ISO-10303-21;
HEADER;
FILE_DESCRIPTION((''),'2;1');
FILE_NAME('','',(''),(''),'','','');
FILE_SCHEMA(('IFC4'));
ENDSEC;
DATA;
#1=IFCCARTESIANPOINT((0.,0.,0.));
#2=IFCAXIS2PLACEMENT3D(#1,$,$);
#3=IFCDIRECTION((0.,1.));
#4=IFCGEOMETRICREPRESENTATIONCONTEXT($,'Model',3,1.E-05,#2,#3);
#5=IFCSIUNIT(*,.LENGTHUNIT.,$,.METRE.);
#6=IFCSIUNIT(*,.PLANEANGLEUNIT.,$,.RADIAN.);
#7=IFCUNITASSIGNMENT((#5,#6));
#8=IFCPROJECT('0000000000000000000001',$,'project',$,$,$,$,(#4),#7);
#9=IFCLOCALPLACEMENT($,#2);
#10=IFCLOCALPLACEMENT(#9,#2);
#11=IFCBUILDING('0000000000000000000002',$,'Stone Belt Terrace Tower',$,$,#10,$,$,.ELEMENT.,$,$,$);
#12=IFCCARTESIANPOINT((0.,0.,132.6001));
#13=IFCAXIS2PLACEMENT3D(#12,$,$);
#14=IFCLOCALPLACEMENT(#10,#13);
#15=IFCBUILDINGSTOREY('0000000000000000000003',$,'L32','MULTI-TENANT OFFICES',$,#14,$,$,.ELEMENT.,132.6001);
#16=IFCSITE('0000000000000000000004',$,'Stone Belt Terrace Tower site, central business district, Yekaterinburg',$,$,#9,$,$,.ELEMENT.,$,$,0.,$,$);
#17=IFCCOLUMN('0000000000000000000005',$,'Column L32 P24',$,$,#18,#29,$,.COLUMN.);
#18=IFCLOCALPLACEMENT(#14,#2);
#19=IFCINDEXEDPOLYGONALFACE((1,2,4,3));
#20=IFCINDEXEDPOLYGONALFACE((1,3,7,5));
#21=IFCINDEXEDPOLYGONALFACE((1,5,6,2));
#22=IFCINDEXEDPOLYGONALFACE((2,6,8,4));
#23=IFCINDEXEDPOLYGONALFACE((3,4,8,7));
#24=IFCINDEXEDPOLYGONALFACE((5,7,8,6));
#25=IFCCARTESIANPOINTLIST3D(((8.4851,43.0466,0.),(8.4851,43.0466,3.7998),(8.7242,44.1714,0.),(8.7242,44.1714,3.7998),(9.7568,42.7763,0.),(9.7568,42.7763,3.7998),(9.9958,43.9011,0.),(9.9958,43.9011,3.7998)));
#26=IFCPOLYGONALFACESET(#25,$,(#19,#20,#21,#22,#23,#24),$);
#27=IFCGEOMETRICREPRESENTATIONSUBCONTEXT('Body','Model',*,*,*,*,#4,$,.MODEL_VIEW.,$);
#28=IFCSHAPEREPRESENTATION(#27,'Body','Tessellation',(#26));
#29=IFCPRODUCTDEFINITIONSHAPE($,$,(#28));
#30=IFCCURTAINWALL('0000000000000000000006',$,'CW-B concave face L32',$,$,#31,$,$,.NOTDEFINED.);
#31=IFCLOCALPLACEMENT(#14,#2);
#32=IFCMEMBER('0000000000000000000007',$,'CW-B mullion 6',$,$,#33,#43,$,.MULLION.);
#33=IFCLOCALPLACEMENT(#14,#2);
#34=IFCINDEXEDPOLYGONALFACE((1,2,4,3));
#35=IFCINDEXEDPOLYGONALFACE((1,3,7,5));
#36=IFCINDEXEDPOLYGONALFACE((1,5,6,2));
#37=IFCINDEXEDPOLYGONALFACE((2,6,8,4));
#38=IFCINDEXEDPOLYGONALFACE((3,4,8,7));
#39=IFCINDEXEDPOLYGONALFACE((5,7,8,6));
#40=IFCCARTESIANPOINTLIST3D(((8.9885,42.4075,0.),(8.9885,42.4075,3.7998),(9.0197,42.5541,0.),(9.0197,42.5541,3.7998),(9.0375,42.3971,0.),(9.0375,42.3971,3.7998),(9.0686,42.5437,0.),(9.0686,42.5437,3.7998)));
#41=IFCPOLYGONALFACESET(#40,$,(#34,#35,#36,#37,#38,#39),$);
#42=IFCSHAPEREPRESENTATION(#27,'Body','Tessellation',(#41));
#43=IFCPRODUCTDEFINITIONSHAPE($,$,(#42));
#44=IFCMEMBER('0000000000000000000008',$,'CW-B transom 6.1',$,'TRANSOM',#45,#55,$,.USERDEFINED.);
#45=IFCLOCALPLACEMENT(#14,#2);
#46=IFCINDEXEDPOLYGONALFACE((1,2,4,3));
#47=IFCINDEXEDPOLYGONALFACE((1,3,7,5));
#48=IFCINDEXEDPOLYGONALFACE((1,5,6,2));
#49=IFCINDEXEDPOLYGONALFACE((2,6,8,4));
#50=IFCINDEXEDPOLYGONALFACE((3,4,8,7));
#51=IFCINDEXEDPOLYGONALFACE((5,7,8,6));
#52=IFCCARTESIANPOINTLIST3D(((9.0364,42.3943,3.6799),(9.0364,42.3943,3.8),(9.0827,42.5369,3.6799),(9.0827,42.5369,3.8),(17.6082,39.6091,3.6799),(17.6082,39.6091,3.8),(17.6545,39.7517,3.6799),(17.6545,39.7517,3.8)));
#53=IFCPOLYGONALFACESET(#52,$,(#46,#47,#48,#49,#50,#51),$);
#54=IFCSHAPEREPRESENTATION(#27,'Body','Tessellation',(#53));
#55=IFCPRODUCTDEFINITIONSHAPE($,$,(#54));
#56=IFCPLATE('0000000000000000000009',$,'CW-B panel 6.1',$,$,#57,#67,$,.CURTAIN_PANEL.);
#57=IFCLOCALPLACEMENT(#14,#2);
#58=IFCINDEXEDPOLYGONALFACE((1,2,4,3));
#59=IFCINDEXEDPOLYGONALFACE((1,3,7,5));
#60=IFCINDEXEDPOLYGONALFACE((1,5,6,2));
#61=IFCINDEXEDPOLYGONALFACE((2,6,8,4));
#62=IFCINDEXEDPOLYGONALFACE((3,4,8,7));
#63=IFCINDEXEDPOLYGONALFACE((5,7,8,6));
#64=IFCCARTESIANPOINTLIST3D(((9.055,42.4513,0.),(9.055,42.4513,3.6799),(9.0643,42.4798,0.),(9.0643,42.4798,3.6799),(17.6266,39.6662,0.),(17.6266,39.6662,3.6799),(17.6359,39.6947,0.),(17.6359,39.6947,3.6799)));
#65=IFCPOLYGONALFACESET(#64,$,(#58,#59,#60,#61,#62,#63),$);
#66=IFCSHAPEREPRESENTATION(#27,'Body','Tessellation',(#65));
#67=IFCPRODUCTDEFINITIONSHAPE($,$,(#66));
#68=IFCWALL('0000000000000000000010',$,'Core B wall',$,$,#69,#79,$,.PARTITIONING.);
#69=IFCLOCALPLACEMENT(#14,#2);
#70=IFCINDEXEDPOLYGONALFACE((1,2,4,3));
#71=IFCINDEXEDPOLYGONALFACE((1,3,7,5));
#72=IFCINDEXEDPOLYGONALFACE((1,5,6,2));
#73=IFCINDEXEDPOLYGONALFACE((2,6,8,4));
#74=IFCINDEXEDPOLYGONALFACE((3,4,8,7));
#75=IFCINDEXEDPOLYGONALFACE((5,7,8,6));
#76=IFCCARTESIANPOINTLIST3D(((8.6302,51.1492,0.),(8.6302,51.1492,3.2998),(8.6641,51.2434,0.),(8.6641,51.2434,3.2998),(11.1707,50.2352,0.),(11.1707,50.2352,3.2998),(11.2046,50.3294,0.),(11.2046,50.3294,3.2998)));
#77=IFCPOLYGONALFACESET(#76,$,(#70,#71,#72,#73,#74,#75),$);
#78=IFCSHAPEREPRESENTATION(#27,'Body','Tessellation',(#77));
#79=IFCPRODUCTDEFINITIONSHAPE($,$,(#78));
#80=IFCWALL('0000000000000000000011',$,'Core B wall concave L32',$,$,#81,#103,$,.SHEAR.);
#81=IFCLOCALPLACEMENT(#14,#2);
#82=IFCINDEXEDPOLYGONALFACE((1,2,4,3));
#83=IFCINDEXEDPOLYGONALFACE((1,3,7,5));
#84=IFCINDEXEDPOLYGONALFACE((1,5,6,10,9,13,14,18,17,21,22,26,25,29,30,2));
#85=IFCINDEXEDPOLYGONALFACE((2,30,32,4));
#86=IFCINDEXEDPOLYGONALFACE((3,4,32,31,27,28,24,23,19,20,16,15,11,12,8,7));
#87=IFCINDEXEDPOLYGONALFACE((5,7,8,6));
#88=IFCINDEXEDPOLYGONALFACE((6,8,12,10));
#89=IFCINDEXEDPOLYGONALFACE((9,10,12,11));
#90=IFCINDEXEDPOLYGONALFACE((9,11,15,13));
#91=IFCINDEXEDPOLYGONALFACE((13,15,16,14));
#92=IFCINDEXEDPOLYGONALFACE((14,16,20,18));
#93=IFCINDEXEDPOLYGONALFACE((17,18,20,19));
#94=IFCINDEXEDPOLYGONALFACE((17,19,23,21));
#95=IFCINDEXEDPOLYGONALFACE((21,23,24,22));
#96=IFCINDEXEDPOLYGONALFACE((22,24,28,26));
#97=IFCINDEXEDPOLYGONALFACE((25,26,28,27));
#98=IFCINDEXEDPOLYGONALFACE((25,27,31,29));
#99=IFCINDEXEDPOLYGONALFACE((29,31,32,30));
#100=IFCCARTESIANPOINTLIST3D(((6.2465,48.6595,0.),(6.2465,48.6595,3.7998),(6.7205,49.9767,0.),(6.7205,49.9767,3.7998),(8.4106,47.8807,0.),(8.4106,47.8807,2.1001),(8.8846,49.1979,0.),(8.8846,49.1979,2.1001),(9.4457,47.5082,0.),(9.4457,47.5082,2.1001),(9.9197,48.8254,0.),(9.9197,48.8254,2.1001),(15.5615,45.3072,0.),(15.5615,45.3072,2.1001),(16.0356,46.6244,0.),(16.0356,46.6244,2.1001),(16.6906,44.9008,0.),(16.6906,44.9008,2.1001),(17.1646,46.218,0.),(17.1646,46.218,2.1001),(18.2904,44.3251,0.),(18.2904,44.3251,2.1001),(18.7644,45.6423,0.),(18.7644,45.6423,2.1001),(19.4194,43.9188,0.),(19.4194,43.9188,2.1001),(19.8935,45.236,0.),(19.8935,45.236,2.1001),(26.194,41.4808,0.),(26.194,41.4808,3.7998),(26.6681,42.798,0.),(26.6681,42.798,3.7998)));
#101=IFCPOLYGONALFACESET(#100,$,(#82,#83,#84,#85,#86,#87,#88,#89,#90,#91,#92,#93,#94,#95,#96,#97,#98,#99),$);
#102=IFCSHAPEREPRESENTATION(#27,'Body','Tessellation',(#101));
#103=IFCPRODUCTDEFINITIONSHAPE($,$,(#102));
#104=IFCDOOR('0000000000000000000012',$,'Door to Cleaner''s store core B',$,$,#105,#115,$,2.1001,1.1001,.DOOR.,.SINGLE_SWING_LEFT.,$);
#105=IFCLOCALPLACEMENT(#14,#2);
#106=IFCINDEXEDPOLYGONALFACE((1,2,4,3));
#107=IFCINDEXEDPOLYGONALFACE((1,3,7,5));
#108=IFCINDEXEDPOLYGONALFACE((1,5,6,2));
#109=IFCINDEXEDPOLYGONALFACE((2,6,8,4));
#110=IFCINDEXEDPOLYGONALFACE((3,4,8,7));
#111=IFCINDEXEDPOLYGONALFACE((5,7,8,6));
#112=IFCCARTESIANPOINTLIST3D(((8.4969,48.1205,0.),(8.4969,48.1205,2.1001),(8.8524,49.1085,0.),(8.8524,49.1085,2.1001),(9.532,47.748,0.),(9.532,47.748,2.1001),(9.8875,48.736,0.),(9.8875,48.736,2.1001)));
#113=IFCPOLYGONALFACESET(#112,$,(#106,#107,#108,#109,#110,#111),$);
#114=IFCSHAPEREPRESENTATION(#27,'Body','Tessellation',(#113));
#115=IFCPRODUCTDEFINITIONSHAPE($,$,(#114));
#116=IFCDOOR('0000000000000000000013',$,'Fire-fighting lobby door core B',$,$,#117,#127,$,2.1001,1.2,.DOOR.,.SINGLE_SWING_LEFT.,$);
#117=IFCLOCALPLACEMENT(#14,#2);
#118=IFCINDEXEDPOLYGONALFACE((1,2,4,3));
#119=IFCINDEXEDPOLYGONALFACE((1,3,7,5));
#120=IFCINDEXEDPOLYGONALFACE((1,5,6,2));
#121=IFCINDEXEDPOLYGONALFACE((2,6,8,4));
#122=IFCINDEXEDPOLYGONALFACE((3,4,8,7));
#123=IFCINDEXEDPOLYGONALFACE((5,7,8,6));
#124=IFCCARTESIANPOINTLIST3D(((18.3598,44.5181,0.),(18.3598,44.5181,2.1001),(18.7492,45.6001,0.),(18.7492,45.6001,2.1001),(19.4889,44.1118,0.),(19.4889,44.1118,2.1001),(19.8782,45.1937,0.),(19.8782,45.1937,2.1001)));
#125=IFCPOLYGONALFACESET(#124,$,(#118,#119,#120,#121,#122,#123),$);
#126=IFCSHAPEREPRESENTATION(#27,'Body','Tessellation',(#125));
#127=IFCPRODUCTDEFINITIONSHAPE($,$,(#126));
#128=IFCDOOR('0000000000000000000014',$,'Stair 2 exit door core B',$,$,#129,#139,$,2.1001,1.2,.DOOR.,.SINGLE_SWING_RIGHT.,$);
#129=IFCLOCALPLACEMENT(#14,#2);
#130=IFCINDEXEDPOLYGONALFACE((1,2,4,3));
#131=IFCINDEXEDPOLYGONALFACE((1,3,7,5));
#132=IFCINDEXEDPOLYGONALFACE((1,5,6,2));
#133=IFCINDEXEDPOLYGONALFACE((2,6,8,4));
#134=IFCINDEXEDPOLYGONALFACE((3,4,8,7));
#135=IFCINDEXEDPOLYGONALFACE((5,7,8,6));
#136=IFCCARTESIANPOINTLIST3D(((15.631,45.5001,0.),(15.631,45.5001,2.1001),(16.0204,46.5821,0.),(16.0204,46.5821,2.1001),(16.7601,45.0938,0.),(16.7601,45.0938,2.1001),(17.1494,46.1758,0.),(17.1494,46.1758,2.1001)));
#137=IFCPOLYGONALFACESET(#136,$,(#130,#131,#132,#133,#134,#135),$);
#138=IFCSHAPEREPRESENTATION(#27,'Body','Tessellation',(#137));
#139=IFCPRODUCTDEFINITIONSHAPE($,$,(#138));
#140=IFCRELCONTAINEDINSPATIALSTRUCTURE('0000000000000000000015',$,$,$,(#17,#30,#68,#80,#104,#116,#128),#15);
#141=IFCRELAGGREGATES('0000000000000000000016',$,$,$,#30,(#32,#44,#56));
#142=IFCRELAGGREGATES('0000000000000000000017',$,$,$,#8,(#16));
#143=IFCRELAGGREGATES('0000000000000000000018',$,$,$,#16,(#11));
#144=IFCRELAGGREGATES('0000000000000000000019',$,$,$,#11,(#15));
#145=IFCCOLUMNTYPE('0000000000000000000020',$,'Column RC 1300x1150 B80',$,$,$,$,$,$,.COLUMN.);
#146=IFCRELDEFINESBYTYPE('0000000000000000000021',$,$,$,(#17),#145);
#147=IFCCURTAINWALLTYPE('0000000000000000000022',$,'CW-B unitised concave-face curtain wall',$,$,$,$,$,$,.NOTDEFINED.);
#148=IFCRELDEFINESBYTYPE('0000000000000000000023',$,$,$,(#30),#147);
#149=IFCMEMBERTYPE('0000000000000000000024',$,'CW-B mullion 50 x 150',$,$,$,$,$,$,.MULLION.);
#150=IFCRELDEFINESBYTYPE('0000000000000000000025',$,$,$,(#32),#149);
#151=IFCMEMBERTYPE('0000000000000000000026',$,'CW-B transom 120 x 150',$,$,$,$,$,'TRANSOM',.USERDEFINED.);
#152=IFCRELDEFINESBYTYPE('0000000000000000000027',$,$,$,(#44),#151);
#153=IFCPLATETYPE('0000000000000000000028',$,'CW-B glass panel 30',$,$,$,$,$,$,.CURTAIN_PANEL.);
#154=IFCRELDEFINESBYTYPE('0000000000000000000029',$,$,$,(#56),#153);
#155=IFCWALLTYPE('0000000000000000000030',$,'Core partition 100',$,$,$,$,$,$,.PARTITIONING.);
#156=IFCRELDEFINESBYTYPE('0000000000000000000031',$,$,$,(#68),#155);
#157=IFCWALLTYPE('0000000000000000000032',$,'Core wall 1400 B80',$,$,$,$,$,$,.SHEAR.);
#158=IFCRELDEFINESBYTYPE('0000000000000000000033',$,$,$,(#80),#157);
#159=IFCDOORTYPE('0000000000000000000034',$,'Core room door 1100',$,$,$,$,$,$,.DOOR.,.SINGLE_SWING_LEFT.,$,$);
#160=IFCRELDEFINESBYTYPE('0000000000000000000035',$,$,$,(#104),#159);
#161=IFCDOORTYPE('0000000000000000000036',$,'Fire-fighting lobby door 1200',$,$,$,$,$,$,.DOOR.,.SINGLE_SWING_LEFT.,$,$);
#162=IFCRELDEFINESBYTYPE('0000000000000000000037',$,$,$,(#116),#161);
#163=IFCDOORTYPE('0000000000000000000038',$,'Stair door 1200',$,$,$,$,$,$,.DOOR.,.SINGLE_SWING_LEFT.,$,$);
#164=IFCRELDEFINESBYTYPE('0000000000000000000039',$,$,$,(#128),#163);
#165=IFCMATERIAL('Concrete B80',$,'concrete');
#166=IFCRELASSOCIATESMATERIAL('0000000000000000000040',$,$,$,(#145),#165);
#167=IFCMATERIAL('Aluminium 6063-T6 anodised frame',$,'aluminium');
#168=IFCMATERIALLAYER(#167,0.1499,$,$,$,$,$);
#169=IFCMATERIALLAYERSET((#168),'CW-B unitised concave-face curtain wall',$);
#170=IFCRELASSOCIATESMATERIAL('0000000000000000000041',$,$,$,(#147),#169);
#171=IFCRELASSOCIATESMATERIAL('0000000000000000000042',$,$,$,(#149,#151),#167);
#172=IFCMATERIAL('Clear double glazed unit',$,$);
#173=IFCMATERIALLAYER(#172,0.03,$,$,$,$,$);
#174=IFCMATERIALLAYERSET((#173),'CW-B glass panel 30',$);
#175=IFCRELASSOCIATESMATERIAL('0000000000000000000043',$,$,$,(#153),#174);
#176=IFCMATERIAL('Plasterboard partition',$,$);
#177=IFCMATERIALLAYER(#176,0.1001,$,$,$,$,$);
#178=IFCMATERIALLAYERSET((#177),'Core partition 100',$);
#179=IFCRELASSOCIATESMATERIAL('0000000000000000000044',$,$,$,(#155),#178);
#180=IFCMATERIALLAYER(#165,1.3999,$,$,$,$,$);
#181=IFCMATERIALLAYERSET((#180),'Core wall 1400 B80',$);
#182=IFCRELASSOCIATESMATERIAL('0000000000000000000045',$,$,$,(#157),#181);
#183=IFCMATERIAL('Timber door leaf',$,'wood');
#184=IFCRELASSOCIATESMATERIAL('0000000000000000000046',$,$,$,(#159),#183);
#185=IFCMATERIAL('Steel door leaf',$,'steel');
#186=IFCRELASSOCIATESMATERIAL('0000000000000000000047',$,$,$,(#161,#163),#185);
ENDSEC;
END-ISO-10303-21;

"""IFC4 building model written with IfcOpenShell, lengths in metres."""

from ifc_helpers import new_model, si_unit, direction, frame, frame_2d, origin, origin_2d, place, context, subcontext, project, spatial, rectangle, extrude, material, layer, layer_set, material_profile, profile_set, type_object, element, fill, aggregate, save


model = new_model("IFC4")

# Units and contexts
model_context = context("Model", 3, precision=1e-05, world=origin(), true_north=direction((0.0, 1.0)))
body_context = subcontext(model_context, "Body", "Model", "MODEL_VIEW")
ifc_project = project(units=[si_unit("LENGTHUNIT", "METRE"), si_unit("PLANEANGLEUNIT", "RADIAN")], contexts=[model_context])

# Site, building, storey
site_placement = place(None, origin())
site = spatial("IfcSite", under=ifc_project, at=site_placement, Name="Stone Belt Terrace Tower site, central business district, Yekaterinburg", CompositionType="ELEMENT", RefElevation=0.0)
building_placement = place(site_placement, origin())
building = spatial("IfcBuilding", under=site, at=building_placement, Name="Stone Belt Terrace Tower", CompositionType="ELEMENT")
storey_placement = place(building_placement, frame((0.0, 0.0, 132.6001)))
storey = spatial("IfcBuildingStorey", under=building, at=storey_placement, Name="L32", Description="MULTI-TENANT OFFICES", CompositionType="ELEMENT", Elevation=132.6001)

# Column
ifc_material_1 = material(Name="Concrete B80", Category="concrete")
ifc_material_profile_1 = material_profile(ifc_material_1, rectangle(XDim=1.3, YDim=1.1499, at=origin_2d()), Name="RC 1300x1150")
ifc_profile_set_1 = profile_set([ifc_material_profile_1], Name="Concrete B80")
column_type = type_object("IfcColumnType", Name="Column RC 1300x1150 B80", PredefinedType="COLUMN", material=ifc_profile_set_1)
column_placement = place(storey_placement, frame((9.2405, 43.4739, 0.0), z_axis=(0.0, 0.0, 1.0), x_axis=(0.978148, -0.207912, 0.0)))
element("IfcColumn", 1, at=column_placement, inside=storey, type_object=column_type, Name="Column L32 P24", PredefinedType="COLUMN", context=body_context, shape_type="SweptSolid", body=[
    extrude(rectangle(XDim=1.3, YDim=1.1499, at=origin_2d()), origin(), (0.0, 0.0, 1.0), 3.7998),
])

# Curtain wall, members, plate
ifc_material_2 = material(Name="Aluminium 6063-T6 anodised frame", Category="aluminium")
ifc_layer_1 = layer(ifc_material_2, 0.1499)
ifc_layer_set_1 = layer_set([ifc_layer_1], Name="CW-B unitised concave-face curtain wall")
curtain_wall_type = type_object("IfcCurtainWallType", Name="CW-B unitised concave-face curtain wall", PredefinedType="NOTDEFINED", material=ifc_layer_set_1)
curtain_wall_placement = place(storey_placement, origin())
curtain_wall = element("IfcCurtainWall", 2, at=curtain_wall_placement, inside=storey, type_object=curtain_wall_type, Name="CW-B concave face L32", PredefinedType="NOTDEFINED")
ifc_material_profile_2 = material_profile(ifc_material_2, rectangle(XDim=0.1499, YDim=0.05, at=origin_2d()), Name="Aluminium 6063-T6 50x150")
ifc_profile_set_2 = profile_set([ifc_material_profile_2], Name="Aluminium 6063-T6 anodised frame")
member_type_1 = type_object("IfcMemberType", Name="CW-B mullion 50 x 150", PredefinedType="MULLION", material=ifc_profile_set_2)
member_1_placement = place(storey_placement, frame((9.0286, 42.4756, 0.0), z_axis=(0.0, 0.0, 1.0), x_axis=(0.207912, 0.978148, 0.0)))
member_1 = element("IfcMember", 3, at=member_1_placement, type_object=member_type_1, Name="CW-B mullion 6", PredefinedType="MULLION", context=body_context, shape_type="SweptSolid", body=[
    extrude(rectangle(XDim=0.1499, YDim=0.05, at=origin_2d()), origin(), (0.0, 0.0, 1.0), 3.7998),
])
ifc_material_profile_3 = material_profile(ifc_material_2, rectangle(XDim=0.1499, YDim=0.1201, at=origin_2d()), Name="Aluminium 6063-T6 150x120")
ifc_profile_set_3 = profile_set([ifc_material_profile_3], Name="Aluminium 6063-T6 anodised frame")
member_type_2 = type_object("IfcMemberType", Name="CW-B transom 120 x 150", ElementType="TRANSOM", PredefinedType="USERDEFINED", material=ifc_profile_set_3)
member_2_placement = place(storey_placement, frame((9.0596, 42.4656, 3.74), z_axis=(0.951056, -0.309019, 0.0), x_axis=(0.309019, 0.951056, 0.0)))
member_2 = element("IfcMember", 4, at=member_2_placement, type_object=member_type_2, Name="CW-B transom 6.1", ObjectType="TRANSOM", PredefinedType="USERDEFINED", context=body_context, shape_type="SweptSolid", body=[
    extrude(rectangle(XDim=0.1499, YDim=0.1201, at=origin_2d()), origin(), (0.0, 0.0, 1.0), 9.0129),
])
ifc_material_3 = material(Name="Clear double glazed unit")
ifc_layer_2 = layer(ifc_material_3, 0.03)
ifc_layer_set_2 = layer_set([ifc_layer_2], Name="CW-B glass panel 30")
plate_type = type_object("IfcPlateType", Name="CW-B glass panel 30", PredefinedType="CURTAIN_PANEL", material=ifc_layer_set_2)
plate_placement = place(storey_placement, frame((13.3455, 41.073, 0.0), z_axis=(0.0, 0.0, 1.0), x_axis=(0.951057, -0.309017, 0.0)))
plate = element("IfcPlate", 5, at=plate_placement, type_object=plate_type, Name="CW-B panel 6.1", PredefinedType="CURTAIN_PANEL", context=body_context, shape_type="SweptSolid", body=[
    extrude(rectangle(XDim=9.0127, YDim=0.03, at=origin_2d()), origin(), (0.0, 0.0, 1.0), 3.6799),
])
aggregate(curtain_wall, [member_1, member_2, plate])

# Wall
ifc_material_4 = material(Name="Plasterboard partition")
ifc_layer_3 = layer(ifc_material_4, 0.1001)
ifc_layer_set_3 = layer_set([ifc_layer_3], Name="Core partition 100")
wall_type_1 = type_object("IfcWallType", Name="Core partition 100", PredefinedType="PARTITIONING", material=ifc_layer_set_3)
wall_1_placement = place(storey_placement, frame((11.1877, 50.2822, 0.0), z_axis=(0.0, 0.0, 1.0), x_axis=(-0.94095, 0.338547, 0.0)))
element("IfcWall", 6, at=wall_1_placement, inside=storey, type_object=wall_type_1, Name="Core B wall", PredefinedType="PARTITIONING", context=body_context, shape_type="SweptSolid", body=[
    extrude(rectangle(XDim=2.7, YDim=0.1001, at=frame_2d((1.3501, 0.0))), origin(), (0.0, 0.0, 1.0), 3.2998),
])

# Wall, openings, doors
ifc_layer_4 = layer(ifc_material_1, 1.3999)
ifc_layer_set_4 = layer_set([ifc_layer_4], Name="Core wall 1400 B80")
wall_type_2 = type_object("IfcWallType", Name="Core wall 1400 B80", PredefinedType="SHEAR", material=ifc_layer_set_4)
wall_2_placement = place(storey_placement, frame((6.4834, 49.3181, 0.0), z_axis=(0.0, 0.0, 1.0), x_axis=(0.940923, -0.33862, 0.0)))
wall_2 = element("IfcWall", 7, at=wall_2_placement, inside=storey, type_object=wall_type_2, Name="Core B wall concave L32", PredefinedType="SHEAR", context=body_context, shape_type="SweptSolid", body=[
    extrude(rectangle(XDim=21.2, YDim=1.3999, at=frame_2d((10.6001, 0.0))), origin(), (0.0, 0.0, 1.0), 3.7998),
])
opening_1_placement = place(wall_2_placement, frame((12.8, 0.0, 0.0)))
opening_1 = element("IfcOpeningElement", 8, at=opening_1_placement, cuts=wall_2, PredefinedType="OPENING", context=body_context, shape_type="SweptSolid", body=[
    extrude(rectangle(XDim=1.2, YDim=2.1001, at=frame_2d((0.6001, 1.05))), frame((0.0, 0.71, 0.0), z_axis=(0.0, -1.0, 0.0), x_axis=(1.0, 0.0, 0.0)), (0.0, 0.0, 1.0), 1.4199),
])
opening_2_placement = place(wall_2_placement, frame((9.8999, 0.0, 0.0)))
opening_2 = element("IfcOpeningElement", 9, at=opening_2_placement, cuts=wall_2, PredefinedType="OPENING", context=body_context, shape_type="SweptSolid", body=[
    extrude(rectangle(XDim=1.2, YDim=2.1001, at=frame_2d((0.6001, 1.05))), frame((0.0, 0.71, 0.0), z_axis=(0.0, -1.0, 0.0), x_axis=(1.0, 0.0, 0.0)), (0.0, 0.0, 1.0), 1.4199),
])
opening_3_placement = place(wall_2_placement, frame((2.3, 0.0, 0.0)))
opening_3 = element("IfcOpeningElement", 10, at=opening_3_placement, cuts=wall_2, PredefinedType="OPENING", context=body_context, shape_type="SweptSolid", body=[
    extrude(rectangle(XDim=1.1001, YDim=2.1001, at=frame_2d((0.55, 1.05))), frame((0.0, 0.71, 0.0), z_axis=(0.0, -1.0, 0.0), x_axis=(1.0, 0.0, 0.0)), (0.0, 0.0, 1.0), 1.4199),
])
ifc_material_5 = material(Name="Timber door leaf", Category="wood")
door_type_1 = type_object("IfcDoorType", Name="Core room door 1100", OperationType="SINGLE_SWING_LEFT", PredefinedType="DOOR", material=ifc_material_5)
door_1_placement = place(opening_3_placement, origin())
door_1 = element("IfcDoor", 11, at=door_1_placement, inside=storey, type_object=door_type_1, Name="Door to Cleaner's store core B", OperationType="SINGLE_SWING_LEFT", OverallHeight=2.1001, OverallWidth=1.1001, PredefinedType="DOOR", context=body_context, shape_type="SweptSolid", body=[
    extrude(rectangle(XDim=1.1001, YDim=2.1001, at=frame_2d((0.55, 1.05))), frame((0.0, 0.605, 0.0), z_axis=(0.0, -1.0, 0.0), x_axis=(1.0, 0.0, 0.0)), (0.0, 0.0, 1.0), 1.05),
])
fill(opening_3, door_1)
ifc_material_6 = material(Name="Steel door leaf", Category="steel")
door_type_2 = type_object("IfcDoorType", Name="Fire-fighting lobby door 1200", OperationType="SINGLE_SWING_LEFT", PredefinedType="DOOR", material=ifc_material_6)
door_2_placement = place(opening_1_placement, origin())
door_2 = element("IfcDoor", 12, at=door_2_placement, inside=storey, type_object=door_type_2, Name="Fire-fighting lobby door core B", OperationType="SINGLE_SWING_LEFT", OverallHeight=2.1001, OverallWidth=1.2, PredefinedType="DOOR", context=body_context, shape_type="SweptSolid", body=[
    extrude(rectangle(XDim=1.2, YDim=2.1001, at=frame_2d((0.6001, 1.05))), frame((0.0, 0.655, 0.0), z_axis=(0.0, -1.0, 0.0), x_axis=(1.0, 0.0, 0.0)), (0.0, 0.0, 1.0), 1.1499),
])
fill(opening_1, door_2)
door_type_3 = type_object("IfcDoorType", Name="Stair door 1200", OperationType="SINGLE_SWING_LEFT", PredefinedType="DOOR", material=ifc_material_6)
door_3_placement = place(opening_2_placement, origin())
door_3 = element("IfcDoor", 13, at=door_3_placement, inside=storey, type_object=door_type_3, Name="Stair 2 exit door core B", OperationType="SINGLE_SWING_RIGHT", OverallHeight=2.1001, OverallWidth=1.2, PredefinedType="DOOR", context=body_context, shape_type="SweptSolid", body=[
    extrude(rectangle(XDim=1.2, YDim=2.1001, at=frame_2d((0.6001, 1.05))), frame((0.0, 0.655, 0.0), z_axis=(0.0, -1.0, 0.0), x_axis=(1.0, 0.0, 0.0)), (0.0, 0.0, 1.0), 1.1499),
])
fill(opening_2, door_3)

save(model, "model.ifc")
